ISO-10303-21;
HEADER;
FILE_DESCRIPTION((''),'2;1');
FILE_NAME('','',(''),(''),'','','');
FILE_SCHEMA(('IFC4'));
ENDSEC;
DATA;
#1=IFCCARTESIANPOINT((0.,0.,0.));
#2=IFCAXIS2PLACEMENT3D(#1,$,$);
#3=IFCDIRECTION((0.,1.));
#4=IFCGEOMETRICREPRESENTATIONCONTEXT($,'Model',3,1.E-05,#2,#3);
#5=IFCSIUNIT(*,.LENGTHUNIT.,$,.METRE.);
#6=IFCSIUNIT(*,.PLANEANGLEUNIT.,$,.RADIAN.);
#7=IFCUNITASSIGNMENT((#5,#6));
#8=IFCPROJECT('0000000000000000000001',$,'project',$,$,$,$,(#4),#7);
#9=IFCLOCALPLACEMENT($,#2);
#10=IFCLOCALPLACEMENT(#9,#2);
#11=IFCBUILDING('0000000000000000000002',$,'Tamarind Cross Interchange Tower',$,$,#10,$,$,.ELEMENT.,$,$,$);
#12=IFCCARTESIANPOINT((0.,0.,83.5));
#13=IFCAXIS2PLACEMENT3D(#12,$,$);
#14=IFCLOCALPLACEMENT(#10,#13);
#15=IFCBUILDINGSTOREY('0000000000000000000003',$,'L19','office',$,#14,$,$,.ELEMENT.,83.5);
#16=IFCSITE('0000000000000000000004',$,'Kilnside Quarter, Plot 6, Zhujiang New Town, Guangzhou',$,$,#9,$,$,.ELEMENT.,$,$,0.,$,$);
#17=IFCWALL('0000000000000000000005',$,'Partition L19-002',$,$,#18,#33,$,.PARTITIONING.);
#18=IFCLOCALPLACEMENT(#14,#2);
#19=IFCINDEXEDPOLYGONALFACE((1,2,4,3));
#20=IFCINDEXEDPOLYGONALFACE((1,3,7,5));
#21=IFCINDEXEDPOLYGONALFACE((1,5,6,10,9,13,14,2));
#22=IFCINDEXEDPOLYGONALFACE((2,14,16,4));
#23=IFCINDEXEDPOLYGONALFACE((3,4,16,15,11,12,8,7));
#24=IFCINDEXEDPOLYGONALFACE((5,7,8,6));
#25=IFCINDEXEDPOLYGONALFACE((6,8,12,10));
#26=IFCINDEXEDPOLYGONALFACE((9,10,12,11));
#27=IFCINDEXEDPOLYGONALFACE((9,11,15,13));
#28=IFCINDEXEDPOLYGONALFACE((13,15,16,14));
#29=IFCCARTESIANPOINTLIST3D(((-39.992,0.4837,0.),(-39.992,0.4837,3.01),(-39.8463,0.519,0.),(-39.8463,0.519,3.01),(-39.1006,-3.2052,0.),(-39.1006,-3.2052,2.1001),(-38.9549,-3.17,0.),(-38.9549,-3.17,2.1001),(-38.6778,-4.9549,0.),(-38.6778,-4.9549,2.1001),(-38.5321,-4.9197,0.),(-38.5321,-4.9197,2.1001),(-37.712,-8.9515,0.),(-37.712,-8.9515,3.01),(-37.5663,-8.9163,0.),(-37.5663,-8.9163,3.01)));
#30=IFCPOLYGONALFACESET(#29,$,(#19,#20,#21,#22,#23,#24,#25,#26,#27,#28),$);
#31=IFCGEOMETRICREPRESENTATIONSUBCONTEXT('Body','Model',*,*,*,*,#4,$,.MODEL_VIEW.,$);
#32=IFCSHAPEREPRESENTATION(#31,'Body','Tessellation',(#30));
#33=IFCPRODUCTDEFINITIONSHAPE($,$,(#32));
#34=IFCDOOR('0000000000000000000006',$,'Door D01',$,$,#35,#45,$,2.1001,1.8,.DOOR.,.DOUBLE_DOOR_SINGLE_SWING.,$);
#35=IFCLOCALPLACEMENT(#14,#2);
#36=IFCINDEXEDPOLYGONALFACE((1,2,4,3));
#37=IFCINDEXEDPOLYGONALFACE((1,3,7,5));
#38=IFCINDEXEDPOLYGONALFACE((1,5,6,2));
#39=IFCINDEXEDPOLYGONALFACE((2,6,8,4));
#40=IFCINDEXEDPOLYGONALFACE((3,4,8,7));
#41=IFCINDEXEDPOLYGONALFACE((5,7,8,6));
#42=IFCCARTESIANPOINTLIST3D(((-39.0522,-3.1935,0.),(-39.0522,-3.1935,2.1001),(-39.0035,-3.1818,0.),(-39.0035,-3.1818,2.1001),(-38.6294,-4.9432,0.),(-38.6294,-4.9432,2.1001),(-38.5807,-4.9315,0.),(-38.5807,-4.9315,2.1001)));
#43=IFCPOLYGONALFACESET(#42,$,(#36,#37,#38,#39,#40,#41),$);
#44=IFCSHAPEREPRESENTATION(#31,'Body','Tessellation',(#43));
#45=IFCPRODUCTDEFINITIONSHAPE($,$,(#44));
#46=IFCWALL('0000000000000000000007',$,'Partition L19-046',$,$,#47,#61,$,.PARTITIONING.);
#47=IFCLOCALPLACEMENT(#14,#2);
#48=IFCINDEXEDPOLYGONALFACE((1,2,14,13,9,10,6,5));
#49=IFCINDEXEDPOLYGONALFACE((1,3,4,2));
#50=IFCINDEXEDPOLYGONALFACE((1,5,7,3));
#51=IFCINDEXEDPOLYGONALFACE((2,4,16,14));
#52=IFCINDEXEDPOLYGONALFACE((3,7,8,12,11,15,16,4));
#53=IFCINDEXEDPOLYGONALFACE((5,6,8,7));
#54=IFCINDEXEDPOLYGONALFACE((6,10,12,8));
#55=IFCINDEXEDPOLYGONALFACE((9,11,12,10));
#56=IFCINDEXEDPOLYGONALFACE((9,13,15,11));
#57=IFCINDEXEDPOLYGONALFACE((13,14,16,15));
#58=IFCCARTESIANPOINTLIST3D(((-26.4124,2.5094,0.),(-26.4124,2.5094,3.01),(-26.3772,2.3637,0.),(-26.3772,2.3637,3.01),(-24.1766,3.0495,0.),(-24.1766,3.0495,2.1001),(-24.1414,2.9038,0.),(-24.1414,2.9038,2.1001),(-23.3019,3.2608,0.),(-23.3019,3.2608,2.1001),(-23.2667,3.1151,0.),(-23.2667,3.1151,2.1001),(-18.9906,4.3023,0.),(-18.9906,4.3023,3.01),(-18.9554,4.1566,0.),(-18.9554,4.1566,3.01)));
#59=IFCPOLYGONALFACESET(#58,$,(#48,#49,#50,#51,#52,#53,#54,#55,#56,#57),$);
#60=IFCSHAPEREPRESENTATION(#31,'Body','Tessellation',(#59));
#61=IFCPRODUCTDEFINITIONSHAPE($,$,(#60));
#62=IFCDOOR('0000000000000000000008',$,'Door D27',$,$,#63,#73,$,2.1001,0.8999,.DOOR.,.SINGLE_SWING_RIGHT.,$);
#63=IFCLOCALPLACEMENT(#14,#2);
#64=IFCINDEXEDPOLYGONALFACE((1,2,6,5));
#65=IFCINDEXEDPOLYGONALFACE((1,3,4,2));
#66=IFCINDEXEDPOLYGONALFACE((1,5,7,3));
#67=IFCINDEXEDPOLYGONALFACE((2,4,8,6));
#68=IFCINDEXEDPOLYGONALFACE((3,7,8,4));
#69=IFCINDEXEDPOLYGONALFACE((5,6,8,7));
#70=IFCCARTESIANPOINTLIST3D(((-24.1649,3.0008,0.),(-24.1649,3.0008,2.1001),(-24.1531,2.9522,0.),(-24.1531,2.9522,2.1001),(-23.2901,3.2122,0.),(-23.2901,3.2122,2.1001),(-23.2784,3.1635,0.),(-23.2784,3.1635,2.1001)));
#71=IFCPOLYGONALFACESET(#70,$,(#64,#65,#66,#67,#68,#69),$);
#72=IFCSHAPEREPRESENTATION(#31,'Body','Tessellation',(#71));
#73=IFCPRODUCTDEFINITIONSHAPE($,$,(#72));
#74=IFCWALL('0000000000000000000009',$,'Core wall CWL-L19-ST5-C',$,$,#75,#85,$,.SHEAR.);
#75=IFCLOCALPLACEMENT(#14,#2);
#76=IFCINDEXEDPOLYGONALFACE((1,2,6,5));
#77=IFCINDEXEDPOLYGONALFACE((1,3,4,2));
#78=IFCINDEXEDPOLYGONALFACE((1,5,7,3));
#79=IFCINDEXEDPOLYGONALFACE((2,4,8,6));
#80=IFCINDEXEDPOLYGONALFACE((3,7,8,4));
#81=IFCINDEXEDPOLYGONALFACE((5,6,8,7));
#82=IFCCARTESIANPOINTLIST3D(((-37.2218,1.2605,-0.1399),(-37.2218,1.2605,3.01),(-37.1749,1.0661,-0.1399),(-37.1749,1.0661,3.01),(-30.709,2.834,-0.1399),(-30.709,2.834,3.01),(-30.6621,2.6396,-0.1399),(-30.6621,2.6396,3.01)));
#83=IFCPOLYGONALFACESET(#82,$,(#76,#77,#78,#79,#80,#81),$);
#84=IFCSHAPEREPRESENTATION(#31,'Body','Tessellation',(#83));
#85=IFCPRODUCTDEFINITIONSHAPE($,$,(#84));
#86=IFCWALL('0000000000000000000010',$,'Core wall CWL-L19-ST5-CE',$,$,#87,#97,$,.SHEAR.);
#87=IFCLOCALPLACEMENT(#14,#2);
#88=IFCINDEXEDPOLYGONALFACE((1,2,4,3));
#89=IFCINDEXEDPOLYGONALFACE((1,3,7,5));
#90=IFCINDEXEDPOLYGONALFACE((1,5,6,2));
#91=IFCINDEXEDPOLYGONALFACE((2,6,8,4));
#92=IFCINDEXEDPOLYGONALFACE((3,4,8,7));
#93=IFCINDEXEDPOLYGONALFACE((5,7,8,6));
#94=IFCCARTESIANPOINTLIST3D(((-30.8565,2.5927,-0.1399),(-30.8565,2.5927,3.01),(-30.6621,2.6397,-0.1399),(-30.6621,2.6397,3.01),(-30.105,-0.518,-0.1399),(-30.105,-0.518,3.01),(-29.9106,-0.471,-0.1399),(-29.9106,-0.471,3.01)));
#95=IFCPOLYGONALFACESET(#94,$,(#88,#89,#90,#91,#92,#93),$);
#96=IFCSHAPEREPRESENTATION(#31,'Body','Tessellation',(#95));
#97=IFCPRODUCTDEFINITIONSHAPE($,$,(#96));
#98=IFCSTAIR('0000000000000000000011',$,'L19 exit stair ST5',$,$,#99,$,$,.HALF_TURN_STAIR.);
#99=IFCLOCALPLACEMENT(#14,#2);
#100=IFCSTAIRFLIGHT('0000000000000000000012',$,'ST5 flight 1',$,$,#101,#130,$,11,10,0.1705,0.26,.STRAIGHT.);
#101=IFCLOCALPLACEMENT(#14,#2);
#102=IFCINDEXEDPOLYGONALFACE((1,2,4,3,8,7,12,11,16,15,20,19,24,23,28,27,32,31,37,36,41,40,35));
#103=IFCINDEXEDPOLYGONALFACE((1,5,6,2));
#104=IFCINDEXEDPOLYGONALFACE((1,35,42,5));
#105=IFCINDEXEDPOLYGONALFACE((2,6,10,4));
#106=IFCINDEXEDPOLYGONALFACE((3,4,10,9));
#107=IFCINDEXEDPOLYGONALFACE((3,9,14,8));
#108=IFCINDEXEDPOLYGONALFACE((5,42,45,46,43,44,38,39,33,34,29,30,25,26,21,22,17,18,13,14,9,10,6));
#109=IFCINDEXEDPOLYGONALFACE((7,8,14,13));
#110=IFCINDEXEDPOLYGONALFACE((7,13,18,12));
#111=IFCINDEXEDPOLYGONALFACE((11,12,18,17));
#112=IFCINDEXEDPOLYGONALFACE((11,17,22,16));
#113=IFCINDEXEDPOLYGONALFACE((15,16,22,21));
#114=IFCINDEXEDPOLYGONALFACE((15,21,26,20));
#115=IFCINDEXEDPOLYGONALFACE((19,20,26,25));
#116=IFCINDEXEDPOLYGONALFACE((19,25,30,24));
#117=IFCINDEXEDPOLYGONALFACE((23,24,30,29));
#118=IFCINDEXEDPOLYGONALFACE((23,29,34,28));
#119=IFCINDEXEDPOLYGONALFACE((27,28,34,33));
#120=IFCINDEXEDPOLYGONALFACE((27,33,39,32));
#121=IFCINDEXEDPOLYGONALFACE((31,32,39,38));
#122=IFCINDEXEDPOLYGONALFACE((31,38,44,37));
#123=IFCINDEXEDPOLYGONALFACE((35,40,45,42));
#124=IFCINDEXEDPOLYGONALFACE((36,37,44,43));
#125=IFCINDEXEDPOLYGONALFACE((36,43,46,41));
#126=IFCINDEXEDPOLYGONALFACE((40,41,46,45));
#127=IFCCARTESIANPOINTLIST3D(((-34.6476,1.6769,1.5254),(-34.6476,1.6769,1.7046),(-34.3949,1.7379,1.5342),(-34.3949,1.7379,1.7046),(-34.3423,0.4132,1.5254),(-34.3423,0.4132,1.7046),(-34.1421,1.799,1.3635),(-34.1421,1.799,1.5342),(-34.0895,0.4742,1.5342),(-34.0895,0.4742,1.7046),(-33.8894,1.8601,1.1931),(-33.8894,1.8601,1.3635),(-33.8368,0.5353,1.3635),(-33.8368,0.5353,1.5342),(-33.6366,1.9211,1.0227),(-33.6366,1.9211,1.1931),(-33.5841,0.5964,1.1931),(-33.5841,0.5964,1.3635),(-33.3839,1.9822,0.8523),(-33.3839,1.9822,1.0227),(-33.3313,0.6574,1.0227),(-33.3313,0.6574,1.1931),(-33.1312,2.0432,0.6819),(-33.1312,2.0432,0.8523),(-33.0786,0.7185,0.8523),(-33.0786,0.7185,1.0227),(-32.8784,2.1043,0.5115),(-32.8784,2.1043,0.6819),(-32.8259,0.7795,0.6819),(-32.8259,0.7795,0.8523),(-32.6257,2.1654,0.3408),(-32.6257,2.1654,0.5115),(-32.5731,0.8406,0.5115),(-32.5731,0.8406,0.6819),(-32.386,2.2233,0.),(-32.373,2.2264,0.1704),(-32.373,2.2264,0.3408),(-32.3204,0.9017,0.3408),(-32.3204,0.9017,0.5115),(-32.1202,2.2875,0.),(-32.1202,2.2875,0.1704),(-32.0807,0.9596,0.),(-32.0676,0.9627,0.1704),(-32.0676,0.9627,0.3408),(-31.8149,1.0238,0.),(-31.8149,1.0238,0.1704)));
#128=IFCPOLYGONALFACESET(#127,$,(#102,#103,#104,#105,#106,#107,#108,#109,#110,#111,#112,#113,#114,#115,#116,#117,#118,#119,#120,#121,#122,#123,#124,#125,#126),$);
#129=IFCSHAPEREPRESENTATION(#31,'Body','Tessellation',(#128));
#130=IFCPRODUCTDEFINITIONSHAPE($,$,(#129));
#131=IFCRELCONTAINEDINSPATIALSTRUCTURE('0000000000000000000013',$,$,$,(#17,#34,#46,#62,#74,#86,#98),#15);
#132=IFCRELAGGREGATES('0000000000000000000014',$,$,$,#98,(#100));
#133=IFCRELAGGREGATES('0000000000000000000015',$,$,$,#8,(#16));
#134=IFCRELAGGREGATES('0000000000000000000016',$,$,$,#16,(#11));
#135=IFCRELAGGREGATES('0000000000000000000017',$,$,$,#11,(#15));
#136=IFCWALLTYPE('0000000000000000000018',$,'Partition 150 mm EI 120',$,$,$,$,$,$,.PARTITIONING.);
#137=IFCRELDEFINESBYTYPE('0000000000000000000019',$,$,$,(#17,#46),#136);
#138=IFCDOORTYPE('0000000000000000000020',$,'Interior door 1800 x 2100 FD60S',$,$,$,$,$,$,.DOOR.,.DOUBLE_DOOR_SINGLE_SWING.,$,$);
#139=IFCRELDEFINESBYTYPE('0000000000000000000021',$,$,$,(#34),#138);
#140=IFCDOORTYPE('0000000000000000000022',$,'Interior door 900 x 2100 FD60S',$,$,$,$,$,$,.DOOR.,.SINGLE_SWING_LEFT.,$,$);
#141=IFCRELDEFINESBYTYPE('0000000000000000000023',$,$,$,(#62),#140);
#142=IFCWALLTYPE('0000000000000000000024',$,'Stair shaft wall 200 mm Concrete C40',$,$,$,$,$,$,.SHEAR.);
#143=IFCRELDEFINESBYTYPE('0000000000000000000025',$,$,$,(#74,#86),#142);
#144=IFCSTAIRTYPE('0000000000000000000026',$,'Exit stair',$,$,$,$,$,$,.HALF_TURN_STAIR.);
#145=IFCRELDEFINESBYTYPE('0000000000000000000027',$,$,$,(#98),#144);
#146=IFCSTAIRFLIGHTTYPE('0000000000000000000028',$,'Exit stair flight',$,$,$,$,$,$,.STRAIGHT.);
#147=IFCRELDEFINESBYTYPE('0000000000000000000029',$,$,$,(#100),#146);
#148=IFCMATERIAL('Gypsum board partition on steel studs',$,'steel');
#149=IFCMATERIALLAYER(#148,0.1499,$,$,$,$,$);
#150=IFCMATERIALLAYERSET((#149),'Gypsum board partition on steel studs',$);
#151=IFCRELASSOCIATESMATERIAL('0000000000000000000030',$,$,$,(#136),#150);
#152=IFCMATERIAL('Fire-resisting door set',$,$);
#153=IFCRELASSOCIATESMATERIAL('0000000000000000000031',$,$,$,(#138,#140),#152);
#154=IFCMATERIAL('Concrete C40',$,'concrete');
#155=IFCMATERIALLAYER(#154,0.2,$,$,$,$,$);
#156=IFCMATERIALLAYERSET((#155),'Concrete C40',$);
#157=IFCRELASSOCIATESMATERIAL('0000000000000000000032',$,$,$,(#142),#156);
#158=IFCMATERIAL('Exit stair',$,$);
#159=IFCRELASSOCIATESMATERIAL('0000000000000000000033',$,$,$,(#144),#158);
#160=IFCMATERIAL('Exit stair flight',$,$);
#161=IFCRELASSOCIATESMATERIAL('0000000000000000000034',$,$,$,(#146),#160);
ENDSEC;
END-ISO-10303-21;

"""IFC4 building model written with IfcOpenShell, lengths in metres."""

from ifc_helpers import new_model, si_unit, direction, frame, frame_2d, origin, place, context, subcontext, project, spatial, polyline, rectangle, outline, extrude, material, layer, layer_set, type_object, element, fill, aggregate, save


model = new_model("IFC4")

# Units and contexts
model_context = context("Model", 3, precision=1e-05, world=origin(), true_north=direction((0.0, 1.0)))
body_context = subcontext(model_context, "Body", "Model", "MODEL_VIEW")
ifc_project = project(units=[si_unit("LENGTHUNIT", "METRE"), si_unit("PLANEANGLEUNIT", "RADIAN")], contexts=[model_context])

# Site, building, storey
site_placement = place(None, origin())
site = spatial("IfcSite", under=ifc_project, at=site_placement, Name="Kilnside Quarter, Plot 6, Zhujiang New Town, Guangzhou", CompositionType="ELEMENT", RefElevation=0.0)
building_placement = place(site_placement, origin())
building = spatial("IfcBuilding", under=site, at=building_placement, Name="Tamarind Cross Interchange Tower", CompositionType="ELEMENT")
storey_placement = place(building_placement, frame((0.0, 0.0, 83.5)))
storey = spatial("IfcBuildingStorey", under=building, at=storey_placement, Name="L19", Description="office", CompositionType="ELEMENT", Elevation=83.5)

# Shared definitions
ifc_material_1 = material(Name="Gypsum board partition on steel studs", Category="steel")
ifc_layer_1 = layer(ifc_material_1, 0.1499)
ifc_layer_set_1 = layer_set([ifc_layer_1], Name="Gypsum board partition on steel studs")
wall_type_1 = type_object("IfcWallType", Name="Partition 150 mm EI 120", PredefinedType="PARTITIONING", material=ifc_layer_set_1)

# Walls, openings, doors
wall_1_placement = place(storey_placement, frame((-39.9192, 0.5015, 0.0), z_axis=(0.0, 0.0, 1.0), x_axis=(0.234888, -0.972022, 0.0)))
wall_1 = element("IfcWall", 1, at=wall_1_placement, inside=storey, type_object=wall_type_1, Name="Partition L19-002", PredefinedType="PARTITIONING", context=body_context, shape_type="SweptSolid", body=[
    extrude(rectangle(XDim=9.7068, YDim=0.1499, at=frame_2d((4.8535, 0.0))), origin(), (0.0, 0.0, 1.0), 3.01),
])
opening_1_placement = place(wall_1_placement, frame((3.7954, 0.0, 0.0)))
opening_1 = element("IfcOpeningElement", 2, at=opening_1_placement, cuts=wall_1, PredefinedType="OPENING", context=body_context, shape_type="SweptSolid", body=[
    extrude(rectangle(XDim=1.8, YDim=2.1001, at=frame_2d((0.8999, 1.05))), frame((0.0, 0.085, 0.0), z_axis=(0.0, -1.0, 0.0), x_axis=(1.0, 0.0, 0.0)), (0.0, 0.0, 1.0), 0.1699),
])
ifc_material_2 = material(Name="Fire-resisting door set")
door_type_1 = type_object("IfcDoorType", Name="Interior door 1800 x 2100 FD60S", OperationType="DOUBLE_DOOR_SINGLE_SWING", PredefinedType="DOOR", material=ifc_material_2)
door_1_placement = place(opening_1_placement, origin())
door_1 = element("IfcDoor", 3, at=door_1_placement, inside=storey, type_object=door_type_1, Name="Door D01", OperationType="DOUBLE_DOOR_SINGLE_SWING", OverallHeight=2.1001, OverallWidth=1.8, PredefinedType="DOOR", context=body_context, shape_type="SweptSolid", body=[
    extrude(rectangle(XDim=1.8, YDim=2.1001, at=frame_2d((0.8999, 1.05))), frame((0.0, 0.0249, 0.0), z_axis=(0.0, -1.0, 0.0), x_axis=(1.0, 0.0, 0.0)), (0.0, 0.0, 1.0), 0.05),
])
fill(opening_1, door_1)
wall_2_placement = place(storey_placement, frame((-26.3948, 2.4365, 0.0), z_axis=(0.0, 0.0, 1.0), x_axis=(0.972038, 0.234824, 0.0)))
wall_2 = element("IfcWall", 4, at=wall_2_placement, inside=storey, type_object=wall_type_1, Name="Partition L19-046", PredefinedType="PARTITIONING", context=body_context, shape_type="SweptSolid", body=[
    extrude(rectangle(XDim=7.6353, YDim=0.1499, at=frame_2d((3.8176, 0.0))), origin(), (0.0, 0.0, 1.0), 3.01),
])
opening_2_placement = place(wall_2_placement, frame((2.3, 0.0, 0.0)))
opening_2 = element("IfcOpeningElement", 5, at=opening_2_placement, cuts=wall_2, PredefinedType="OPENING", context=body_context, shape_type="SweptSolid", body=[
    extrude(rectangle(XDim=0.8999, YDim=2.1001, at=frame_2d((0.45, 1.05))), frame((0.0, 0.085, 0.0), z_axis=(0.0, -1.0, 0.0), x_axis=(1.0, 0.0, 0.0)), (0.0, 0.0, 1.0), 0.1699),
])
door_type_2 = type_object("IfcDoorType", Name="Interior door 900 x 2100 FD60S", OperationType="SINGLE_SWING_LEFT", PredefinedType="DOOR", material=ifc_material_2)
door_2_placement = place(opening_2_placement, origin())
door_2 = element("IfcDoor", 6, at=door_2_placement, inside=storey, type_object=door_type_2, Name="Door D27", OperationType="SINGLE_SWING_RIGHT", OverallHeight=2.1001, OverallWidth=0.8999, PredefinedType="DOOR", context=body_context, shape_type="SweptSolid", body=[
    extrude(rectangle(XDim=0.8999, YDim=2.1001, at=frame_2d((0.45, 1.05))), frame((0.0, 0.0249, 0.0), z_axis=(0.0, -1.0, 0.0), x_axis=(1.0, 0.0, 0.0)), (0.0, 0.0, 1.0), 0.05),
])
fill(opening_2, door_2)

# Walls
ifc_material_3 = material(Name="Concrete C40", Category="concrete")
ifc_layer_2 = layer(ifc_material_3, 0.2)
ifc_layer_set_2 = layer_set([ifc_layer_2], Name="Concrete C40")
wall_type_2 = type_object("IfcWallType", Name="Stair shaft wall 200 mm Concrete C40", PredefinedType="SHEAR", material=ifc_layer_set_2)
wall_3_placement = place(storey_placement, frame((-30.6855, 2.7368, -0.1399), z_axis=(0.0, 0.0, 1.0), x_axis=(-0.972033, -0.234846, 0.0)))
element("IfcWall", 7, at=wall_3_placement, inside=storey, type_object=wall_type_2, Name="Core wall CWL-L19-ST5-C", PredefinedType="SHEAR", context=body_context, shape_type="SweptSolid", body=[
    extrude(rectangle(XDim=6.7002, YDim=0.2, at=frame_2d((3.3501, 0.0))), origin(), (0.0, 0.0, 1.0), 3.1499),
])
wall_4_placement = place(storey_placement, frame((-30.7593, 2.6162, -0.1399), z_axis=(0.0, 0.0, 1.0), x_axis=(0.234827, -0.972037, 0.0)))
element("IfcWall", 8, at=wall_4_placement, inside=storey, type_object=wall_type_2, Name="Core wall CWL-L19-ST5-CE", PredefinedType="SHEAR", context=body_context, shape_type="SweptSolid", body=[
    extrude(rectangle(XDim=3.2002, YDim=0.2, at=frame_2d((1.6001, 0.0))), origin(), (0.0, 0.0, 1.0), 3.1499),
])

# Stair, stair flight
ifc_material_4 = material(Name="Exit stair")
stair_type = type_object("IfcStairType", Name="Exit stair", PredefinedType="HALF_TURN_STAIR", material=ifc_material_4)
stair_placement = place(storey_placement, origin())
stair = element("IfcStair", 9, at=stair_placement, inside=storey, type_object=stair_type, Name="L19 exit stair ST5", PredefinedType="HALF_TURN_STAIR")
ifc_material_5 = material(Name="Exit stair flight")
stair_flight_type = type_object("IfcStairFlightType", Name="Exit stair flight", PredefinedType="STRAIGHT", material=ifc_material_5)
stair_flight_placement = place(storey_placement, frame((-31.9675, 1.6555, 0.0), z_axis=(0.0, 0.0, 1.0), x_axis=(-0.972033, -0.234844, 0.0)))
stair_flight = element("IfcStairFlight", 10, at=stair_flight_placement, type_object=stair_flight_type, Name="ST5 flight 1", NumberOfRisers=11, NumberOfTreads=10, PredefinedType="STRAIGHT", RiserHeight=0.1705, TreadLength=0.26, context=body_context, shape_type="SweptSolid", body=[
    extrude(outline(polyline([(0.0, 0.0), (0.0, 0.1704), (0.26, 0.1704), (0.26, 0.3408), (0.52, 0.3408), (0.52, 0.5115), (0.78, 0.5115), (0.78, 0.6819), (1.04, 0.6819), (1.04, 0.8523), (1.3, 0.8523), (1.3, 1.0227), (1.5601, 1.0227), (1.5601, 1.1931), (1.8201, 1.1931), (1.8201, 1.3635), (2.0801, 1.3635), (2.0801, 1.5342), (2.3401, 1.5342), (2.3401, 1.7046), (2.6001, 1.7046), (2.6001, 1.875), (2.6001, 1.5254), (0.2734, 0.0), (0.0, 0.0)])), frame((0.0, 0.6499, 0.0), z_axis=(0.0, -1.0, 0.0), x_axis=(1.0, 0.0, 0.0)), (0.0, 0.0, 1.0), 1.3),
])
aggregate(stair, [stair_flight])

save(model, "model.ifc")
